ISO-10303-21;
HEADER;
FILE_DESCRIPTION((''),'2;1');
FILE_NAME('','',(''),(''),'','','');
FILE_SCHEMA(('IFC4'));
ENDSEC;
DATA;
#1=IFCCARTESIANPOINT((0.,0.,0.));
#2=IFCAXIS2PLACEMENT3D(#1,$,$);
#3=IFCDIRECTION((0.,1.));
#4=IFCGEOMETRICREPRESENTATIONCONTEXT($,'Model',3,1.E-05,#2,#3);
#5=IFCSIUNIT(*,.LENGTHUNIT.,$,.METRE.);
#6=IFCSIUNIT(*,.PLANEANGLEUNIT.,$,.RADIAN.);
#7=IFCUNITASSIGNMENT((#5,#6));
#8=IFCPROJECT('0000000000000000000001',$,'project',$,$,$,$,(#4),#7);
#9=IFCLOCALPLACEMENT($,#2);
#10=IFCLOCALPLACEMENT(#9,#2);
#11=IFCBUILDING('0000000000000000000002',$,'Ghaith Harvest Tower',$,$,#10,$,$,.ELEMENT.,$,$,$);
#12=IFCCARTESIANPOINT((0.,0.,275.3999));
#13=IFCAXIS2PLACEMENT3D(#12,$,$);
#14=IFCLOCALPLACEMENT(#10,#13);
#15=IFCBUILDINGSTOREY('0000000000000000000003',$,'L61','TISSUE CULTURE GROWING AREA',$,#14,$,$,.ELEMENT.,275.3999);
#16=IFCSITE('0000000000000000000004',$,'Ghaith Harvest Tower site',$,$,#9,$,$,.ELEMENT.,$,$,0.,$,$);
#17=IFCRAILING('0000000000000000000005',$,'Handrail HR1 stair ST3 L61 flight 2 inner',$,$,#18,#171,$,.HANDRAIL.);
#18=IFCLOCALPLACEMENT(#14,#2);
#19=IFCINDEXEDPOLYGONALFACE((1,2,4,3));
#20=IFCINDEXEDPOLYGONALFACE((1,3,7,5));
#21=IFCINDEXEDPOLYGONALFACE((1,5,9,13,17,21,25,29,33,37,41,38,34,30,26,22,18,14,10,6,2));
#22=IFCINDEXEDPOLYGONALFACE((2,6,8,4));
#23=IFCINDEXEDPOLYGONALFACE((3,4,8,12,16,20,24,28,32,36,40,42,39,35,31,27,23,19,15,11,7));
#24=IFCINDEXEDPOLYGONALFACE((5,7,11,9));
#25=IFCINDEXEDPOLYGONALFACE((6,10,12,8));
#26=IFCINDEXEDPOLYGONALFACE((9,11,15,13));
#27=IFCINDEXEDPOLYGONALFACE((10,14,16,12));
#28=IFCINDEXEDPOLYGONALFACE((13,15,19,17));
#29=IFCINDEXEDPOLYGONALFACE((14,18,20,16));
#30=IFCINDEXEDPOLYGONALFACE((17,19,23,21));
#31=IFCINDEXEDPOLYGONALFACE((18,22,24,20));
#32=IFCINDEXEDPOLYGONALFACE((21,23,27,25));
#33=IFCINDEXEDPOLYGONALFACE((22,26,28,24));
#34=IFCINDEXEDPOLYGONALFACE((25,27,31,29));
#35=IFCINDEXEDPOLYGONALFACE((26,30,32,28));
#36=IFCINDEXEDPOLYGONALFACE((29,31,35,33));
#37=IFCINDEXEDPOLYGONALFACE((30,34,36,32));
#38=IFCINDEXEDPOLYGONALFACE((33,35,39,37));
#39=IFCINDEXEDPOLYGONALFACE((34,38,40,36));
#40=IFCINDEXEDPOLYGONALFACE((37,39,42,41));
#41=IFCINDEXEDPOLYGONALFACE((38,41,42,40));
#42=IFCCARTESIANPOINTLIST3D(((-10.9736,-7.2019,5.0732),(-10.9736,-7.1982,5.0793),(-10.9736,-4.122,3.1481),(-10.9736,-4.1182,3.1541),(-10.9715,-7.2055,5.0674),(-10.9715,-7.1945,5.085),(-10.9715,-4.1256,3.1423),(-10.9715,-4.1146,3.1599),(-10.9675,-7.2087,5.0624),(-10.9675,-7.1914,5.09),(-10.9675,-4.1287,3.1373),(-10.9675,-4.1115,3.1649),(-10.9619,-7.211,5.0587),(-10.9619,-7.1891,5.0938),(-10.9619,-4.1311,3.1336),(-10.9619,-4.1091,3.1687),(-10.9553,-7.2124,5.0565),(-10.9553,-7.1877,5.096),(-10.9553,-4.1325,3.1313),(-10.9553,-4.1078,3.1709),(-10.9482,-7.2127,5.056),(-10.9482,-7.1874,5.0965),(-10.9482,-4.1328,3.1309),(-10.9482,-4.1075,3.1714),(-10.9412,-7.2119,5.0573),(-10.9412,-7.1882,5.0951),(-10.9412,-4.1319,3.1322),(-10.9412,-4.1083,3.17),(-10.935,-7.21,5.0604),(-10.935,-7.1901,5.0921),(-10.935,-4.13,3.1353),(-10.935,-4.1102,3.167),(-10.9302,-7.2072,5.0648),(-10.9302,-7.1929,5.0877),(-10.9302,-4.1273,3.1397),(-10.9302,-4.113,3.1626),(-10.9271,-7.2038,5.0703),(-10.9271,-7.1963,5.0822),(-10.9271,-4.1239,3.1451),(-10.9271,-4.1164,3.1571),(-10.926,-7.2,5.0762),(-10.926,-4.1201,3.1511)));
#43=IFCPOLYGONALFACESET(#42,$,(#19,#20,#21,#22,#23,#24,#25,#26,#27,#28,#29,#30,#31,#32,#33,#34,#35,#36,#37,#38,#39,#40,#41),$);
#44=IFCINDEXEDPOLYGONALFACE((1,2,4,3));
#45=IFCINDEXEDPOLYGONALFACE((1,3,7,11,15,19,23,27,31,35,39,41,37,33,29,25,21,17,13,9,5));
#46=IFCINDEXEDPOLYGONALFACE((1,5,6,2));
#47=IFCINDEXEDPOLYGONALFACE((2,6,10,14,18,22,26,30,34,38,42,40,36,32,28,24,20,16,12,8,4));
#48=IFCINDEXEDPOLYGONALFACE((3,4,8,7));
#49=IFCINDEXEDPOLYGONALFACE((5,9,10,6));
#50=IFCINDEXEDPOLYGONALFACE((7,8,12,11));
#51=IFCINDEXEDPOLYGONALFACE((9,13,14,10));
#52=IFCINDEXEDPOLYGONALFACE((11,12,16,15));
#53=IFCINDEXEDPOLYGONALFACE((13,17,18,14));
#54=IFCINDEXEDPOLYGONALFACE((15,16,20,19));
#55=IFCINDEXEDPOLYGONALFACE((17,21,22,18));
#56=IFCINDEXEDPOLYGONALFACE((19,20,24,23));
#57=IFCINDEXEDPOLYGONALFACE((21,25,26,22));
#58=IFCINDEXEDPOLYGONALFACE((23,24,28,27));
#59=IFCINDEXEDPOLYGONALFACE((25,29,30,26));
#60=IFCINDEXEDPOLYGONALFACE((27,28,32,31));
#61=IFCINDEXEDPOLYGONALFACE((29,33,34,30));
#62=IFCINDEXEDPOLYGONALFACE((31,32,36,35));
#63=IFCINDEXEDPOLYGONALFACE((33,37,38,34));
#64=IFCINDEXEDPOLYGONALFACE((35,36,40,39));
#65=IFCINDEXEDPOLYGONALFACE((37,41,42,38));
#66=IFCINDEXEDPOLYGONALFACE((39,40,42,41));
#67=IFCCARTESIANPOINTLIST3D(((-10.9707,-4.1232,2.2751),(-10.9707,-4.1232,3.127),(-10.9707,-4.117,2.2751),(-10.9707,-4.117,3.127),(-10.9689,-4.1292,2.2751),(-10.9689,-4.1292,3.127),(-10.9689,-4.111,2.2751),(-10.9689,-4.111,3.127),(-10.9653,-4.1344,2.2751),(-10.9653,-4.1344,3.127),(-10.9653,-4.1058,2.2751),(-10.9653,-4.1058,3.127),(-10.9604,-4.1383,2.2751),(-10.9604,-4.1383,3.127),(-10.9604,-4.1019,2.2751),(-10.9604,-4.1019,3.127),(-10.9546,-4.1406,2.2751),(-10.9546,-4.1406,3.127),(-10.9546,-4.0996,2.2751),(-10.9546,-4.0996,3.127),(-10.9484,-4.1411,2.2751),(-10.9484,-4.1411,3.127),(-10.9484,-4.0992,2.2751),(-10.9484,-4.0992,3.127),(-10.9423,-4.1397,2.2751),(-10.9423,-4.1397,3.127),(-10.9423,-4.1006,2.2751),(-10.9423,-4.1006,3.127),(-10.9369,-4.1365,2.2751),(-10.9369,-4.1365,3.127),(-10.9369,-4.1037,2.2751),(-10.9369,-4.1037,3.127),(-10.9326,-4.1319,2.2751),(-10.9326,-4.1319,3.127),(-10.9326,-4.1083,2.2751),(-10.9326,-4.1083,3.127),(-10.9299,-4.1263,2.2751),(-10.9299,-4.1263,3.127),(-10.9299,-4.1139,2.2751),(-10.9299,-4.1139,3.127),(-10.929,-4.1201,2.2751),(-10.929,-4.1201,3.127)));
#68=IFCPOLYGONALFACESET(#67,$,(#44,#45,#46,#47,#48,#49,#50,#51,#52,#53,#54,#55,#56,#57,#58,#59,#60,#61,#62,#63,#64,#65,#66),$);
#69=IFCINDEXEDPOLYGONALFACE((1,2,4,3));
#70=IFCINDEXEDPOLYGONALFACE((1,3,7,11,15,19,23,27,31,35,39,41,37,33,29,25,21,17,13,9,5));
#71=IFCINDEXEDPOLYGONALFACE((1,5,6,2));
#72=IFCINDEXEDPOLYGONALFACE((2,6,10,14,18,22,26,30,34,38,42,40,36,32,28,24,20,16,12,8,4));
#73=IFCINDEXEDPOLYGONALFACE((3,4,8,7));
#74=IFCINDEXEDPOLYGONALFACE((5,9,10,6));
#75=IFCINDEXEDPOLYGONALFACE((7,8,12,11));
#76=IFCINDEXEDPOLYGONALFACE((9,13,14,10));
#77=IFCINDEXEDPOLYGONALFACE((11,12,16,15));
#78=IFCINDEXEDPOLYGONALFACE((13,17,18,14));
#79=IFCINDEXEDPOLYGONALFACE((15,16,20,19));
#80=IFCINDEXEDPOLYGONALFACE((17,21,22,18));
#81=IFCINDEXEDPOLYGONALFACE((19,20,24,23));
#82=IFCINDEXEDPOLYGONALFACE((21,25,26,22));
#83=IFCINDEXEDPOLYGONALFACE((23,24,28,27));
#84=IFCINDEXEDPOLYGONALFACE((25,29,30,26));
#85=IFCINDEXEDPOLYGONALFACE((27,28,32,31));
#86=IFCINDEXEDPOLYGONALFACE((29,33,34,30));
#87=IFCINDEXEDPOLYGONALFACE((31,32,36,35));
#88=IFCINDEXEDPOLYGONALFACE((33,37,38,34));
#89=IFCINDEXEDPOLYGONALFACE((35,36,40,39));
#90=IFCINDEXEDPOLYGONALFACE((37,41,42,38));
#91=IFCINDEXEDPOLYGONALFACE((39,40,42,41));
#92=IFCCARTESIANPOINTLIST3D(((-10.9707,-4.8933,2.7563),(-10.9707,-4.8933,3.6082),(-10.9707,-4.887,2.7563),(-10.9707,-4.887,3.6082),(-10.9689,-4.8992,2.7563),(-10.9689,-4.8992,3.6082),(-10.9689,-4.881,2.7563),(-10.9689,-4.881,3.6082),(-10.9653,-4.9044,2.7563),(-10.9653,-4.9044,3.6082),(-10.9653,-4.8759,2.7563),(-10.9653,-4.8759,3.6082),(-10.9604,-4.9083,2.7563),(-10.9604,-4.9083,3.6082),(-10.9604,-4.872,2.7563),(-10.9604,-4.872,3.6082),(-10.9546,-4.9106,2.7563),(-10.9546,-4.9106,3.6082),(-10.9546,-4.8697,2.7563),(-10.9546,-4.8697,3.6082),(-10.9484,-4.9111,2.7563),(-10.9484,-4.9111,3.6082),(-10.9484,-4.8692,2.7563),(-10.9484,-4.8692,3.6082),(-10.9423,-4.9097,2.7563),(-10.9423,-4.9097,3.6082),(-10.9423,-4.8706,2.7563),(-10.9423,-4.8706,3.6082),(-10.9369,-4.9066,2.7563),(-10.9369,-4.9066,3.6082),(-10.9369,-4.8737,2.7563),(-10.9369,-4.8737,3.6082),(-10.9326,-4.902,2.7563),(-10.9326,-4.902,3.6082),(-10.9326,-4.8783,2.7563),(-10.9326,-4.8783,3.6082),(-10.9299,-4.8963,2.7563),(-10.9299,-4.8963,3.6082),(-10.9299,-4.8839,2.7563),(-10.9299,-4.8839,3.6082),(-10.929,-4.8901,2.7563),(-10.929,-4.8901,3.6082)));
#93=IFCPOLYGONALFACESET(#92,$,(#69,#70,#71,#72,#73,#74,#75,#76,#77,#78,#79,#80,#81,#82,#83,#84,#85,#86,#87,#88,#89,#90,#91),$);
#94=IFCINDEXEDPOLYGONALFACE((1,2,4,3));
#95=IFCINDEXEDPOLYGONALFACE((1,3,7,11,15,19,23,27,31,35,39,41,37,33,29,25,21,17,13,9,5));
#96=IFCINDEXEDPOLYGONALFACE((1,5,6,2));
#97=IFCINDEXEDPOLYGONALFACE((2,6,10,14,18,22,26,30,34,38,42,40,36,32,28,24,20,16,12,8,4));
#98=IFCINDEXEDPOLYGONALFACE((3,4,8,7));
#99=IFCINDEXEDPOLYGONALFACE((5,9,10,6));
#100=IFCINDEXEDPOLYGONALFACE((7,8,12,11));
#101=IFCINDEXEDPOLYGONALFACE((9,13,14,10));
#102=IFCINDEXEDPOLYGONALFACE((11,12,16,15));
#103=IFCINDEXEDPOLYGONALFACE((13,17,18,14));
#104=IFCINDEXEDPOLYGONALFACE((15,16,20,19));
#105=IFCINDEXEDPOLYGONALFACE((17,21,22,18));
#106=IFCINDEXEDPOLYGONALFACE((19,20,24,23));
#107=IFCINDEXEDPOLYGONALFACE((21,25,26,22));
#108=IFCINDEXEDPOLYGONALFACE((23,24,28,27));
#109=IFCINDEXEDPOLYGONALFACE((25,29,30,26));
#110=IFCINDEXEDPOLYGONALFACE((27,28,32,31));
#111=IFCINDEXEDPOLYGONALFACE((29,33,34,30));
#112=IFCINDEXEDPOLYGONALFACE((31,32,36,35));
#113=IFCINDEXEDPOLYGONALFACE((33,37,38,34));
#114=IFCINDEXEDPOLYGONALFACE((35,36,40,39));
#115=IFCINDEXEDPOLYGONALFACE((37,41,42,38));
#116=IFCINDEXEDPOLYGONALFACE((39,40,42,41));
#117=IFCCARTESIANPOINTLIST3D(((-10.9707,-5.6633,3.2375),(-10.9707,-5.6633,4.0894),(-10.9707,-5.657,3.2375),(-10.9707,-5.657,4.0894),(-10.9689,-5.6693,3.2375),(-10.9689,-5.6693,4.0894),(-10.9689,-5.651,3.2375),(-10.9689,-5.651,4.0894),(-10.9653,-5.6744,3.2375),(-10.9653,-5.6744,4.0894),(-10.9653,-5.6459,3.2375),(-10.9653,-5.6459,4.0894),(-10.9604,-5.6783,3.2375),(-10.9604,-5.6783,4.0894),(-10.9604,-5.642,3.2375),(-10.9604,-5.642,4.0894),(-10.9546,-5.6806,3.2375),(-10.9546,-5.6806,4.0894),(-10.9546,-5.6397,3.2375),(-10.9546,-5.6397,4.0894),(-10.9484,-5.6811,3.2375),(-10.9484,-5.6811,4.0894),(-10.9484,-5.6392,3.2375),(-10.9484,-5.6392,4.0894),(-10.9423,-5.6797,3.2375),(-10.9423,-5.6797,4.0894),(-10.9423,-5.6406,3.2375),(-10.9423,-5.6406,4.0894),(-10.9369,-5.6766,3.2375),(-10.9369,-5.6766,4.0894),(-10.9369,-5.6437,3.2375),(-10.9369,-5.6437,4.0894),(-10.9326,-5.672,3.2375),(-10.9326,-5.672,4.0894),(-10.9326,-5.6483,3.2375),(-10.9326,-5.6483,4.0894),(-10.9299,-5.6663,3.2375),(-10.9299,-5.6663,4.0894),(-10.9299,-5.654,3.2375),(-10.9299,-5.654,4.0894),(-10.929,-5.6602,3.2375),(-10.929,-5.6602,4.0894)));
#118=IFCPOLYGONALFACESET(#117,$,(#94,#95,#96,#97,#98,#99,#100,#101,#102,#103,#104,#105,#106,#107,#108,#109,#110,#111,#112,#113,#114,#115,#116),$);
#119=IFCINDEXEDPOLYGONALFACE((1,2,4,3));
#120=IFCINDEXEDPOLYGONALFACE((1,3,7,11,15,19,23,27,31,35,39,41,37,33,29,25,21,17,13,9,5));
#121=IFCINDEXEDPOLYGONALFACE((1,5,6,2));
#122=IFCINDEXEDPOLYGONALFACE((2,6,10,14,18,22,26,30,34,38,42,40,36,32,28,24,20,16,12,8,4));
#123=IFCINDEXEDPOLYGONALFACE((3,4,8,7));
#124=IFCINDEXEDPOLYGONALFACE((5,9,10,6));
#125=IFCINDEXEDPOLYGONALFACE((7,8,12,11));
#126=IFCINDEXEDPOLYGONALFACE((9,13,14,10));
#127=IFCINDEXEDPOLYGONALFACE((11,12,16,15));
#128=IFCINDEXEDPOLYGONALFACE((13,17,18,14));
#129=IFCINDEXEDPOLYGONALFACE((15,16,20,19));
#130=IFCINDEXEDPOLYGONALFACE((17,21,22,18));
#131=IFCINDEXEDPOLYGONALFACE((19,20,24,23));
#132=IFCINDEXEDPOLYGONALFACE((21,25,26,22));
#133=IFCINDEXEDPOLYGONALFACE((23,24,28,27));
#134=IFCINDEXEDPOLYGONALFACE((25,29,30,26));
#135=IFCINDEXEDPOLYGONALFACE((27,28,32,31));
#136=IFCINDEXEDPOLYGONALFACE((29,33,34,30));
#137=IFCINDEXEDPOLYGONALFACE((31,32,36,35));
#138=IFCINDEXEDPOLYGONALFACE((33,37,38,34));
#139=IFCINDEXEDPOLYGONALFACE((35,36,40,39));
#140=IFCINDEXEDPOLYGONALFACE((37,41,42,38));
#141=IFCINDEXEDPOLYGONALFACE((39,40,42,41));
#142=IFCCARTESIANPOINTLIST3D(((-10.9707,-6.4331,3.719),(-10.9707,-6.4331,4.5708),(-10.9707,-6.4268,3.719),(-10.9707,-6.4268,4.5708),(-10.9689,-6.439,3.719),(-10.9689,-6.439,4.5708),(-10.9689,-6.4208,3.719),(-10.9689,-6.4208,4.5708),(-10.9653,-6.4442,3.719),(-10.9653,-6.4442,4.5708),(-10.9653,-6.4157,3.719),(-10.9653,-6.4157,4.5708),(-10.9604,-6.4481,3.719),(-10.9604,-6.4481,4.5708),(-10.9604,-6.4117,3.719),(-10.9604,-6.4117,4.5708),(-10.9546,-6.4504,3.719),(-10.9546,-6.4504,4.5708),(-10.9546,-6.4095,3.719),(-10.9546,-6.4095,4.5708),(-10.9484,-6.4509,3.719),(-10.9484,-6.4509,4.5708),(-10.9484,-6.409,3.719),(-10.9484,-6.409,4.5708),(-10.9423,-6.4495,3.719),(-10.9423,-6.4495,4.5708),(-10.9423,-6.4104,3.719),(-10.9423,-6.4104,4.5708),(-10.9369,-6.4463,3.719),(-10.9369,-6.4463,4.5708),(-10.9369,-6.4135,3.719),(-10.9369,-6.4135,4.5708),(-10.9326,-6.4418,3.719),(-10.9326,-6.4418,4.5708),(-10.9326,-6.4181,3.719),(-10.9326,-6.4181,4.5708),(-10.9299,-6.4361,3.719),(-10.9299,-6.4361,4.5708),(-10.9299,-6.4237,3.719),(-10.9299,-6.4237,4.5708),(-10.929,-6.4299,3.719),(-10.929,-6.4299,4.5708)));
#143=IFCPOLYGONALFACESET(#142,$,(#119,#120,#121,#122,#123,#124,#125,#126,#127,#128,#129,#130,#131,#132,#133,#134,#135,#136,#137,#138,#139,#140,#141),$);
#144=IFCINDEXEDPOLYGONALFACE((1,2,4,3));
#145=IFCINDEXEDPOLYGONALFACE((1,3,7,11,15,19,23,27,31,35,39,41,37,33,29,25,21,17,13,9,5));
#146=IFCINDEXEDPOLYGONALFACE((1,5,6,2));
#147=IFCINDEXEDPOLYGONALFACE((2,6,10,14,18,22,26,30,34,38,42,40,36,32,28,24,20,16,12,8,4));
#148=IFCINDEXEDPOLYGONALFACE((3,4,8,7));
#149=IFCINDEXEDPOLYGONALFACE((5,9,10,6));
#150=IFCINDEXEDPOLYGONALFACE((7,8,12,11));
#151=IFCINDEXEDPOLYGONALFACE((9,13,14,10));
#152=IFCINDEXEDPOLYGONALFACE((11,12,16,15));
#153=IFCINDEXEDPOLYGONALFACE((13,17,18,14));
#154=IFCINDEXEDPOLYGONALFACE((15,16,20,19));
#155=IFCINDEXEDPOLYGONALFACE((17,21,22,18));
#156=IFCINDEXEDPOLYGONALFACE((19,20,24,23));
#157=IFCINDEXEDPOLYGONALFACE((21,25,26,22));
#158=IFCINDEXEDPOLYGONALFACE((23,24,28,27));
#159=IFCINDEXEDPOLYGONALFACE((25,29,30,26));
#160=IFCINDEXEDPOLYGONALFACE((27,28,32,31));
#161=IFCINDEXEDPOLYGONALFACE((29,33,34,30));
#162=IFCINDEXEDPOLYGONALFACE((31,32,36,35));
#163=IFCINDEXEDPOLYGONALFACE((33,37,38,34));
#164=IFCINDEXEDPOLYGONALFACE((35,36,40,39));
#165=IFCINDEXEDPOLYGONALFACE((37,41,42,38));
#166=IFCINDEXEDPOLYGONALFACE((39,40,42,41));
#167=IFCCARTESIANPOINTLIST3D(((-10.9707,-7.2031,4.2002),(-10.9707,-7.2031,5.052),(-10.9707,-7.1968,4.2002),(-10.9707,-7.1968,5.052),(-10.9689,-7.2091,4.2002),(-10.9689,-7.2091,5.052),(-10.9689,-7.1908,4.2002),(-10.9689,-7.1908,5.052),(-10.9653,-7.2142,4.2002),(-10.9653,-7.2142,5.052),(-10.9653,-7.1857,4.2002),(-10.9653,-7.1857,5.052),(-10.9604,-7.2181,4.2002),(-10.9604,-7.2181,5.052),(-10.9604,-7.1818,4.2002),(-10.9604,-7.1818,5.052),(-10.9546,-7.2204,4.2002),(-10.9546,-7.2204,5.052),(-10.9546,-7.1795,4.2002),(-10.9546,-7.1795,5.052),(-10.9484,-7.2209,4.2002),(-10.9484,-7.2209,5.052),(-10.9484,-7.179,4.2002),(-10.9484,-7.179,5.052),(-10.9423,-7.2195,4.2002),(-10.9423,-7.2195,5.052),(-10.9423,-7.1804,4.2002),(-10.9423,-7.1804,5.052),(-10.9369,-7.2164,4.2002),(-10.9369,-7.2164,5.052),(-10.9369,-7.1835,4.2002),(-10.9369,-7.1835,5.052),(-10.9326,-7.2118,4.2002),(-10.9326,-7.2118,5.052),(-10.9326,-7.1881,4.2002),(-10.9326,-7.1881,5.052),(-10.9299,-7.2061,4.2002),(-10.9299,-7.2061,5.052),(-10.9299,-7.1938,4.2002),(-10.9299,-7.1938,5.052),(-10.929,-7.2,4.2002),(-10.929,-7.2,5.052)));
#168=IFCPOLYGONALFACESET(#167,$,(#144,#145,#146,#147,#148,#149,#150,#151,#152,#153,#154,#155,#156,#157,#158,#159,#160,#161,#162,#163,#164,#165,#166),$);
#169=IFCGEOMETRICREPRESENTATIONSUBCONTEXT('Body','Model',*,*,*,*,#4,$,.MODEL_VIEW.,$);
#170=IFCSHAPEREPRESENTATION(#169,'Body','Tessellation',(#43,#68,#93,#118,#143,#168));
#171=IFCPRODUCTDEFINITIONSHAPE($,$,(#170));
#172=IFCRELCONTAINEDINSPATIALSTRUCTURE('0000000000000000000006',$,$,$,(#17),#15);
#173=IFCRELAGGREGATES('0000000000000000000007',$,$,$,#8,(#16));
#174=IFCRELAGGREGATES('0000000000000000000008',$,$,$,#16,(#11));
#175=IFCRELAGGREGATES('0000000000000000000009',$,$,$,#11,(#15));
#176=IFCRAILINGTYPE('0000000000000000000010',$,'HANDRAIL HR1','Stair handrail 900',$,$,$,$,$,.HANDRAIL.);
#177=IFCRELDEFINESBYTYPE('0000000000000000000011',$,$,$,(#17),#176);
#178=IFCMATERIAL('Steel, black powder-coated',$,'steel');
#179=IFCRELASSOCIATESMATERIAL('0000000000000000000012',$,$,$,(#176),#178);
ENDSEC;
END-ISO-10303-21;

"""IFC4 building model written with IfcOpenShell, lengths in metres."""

from ifc_helpers import new_model, si_unit, direction, frame, origin, origin_2d, place, context, subcontext, project, spatial, circle, extrude, material, type_object, element, save


model = new_model("IFC4")

# Units and contexts
model_context = context("Model", 3, precision=1e-05, world=origin(), true_north=direction((0.0, 1.0)))
body_context = subcontext(model_context, "Body", "Model", "MODEL_VIEW")
ifc_project = project(units=[si_unit("LENGTHUNIT", "METRE"), si_unit("PLANEANGLEUNIT", "RADIAN")], contexts=[model_context])

# Site, building, storey
site_placement = place(None, origin())
site = spatial("IfcSite", under=ifc_project, at=site_placement, Name="Ghaith Harvest Tower site", CompositionType="ELEMENT", RefElevation=0.0)
building_placement = place(site_placement, origin())
building = spatial("IfcBuilding", under=site, at=building_placement, Name="Ghaith Harvest Tower", CompositionType="ELEMENT")
storey_placement = place(building_placement, frame((0.0, 0.0, 275.3999)))
storey = spatial("IfcBuildingStorey", under=building, at=storey_placement, Name="L61", Description="TISSUE CULTURE GROWING AREA", CompositionType="ELEMENT", Elevation=275.3999)

# Railing
ifc_material_1 = material(Name="Steel, black powder-coated", Category="steel")
railing_type = type_object("IfcRailingType", Name="HANDRAIL HR1", Description="Stair handrail 900", PredefinedType="HANDRAIL", material=ifc_material_1)
railing_1_placement = place(storey_placement, frame((-10.95, -4.1201, 2.2751)))
element("IfcRailing", 1, at=railing_1_placement, inside=storey, type_object=railing_type, Name="Handrail HR1 stair ST3 L61 flight 2 inner", PredefinedType="HANDRAIL", context=body_context, shape_type="SweptSolid", body=[
    extrude(circle(Radius=0.0239, at=origin_2d()), frame((0.0, 0.0, 0.876), z_axis=(0.0, -0.847979, 0.530029), x_axis=(1.0, 0.0, 0.0)), (0.0, 0.0, 1.0), 3.6321),
    extrude(circle(Radius=0.021, at=origin_2d()), origin(), (0.0, 0.0, 1.0), 0.8518),
    extrude(circle(Radius=0.021, at=origin_2d()), frame((0.0, -0.77, 0.4812)), (0.0, 0.0, 1.0), 0.8518),
    extrude(circle(Radius=0.021, at=origin_2d()), frame((0.0, -1.54, 0.9624)), (0.0, 0.0, 1.0), 0.8518),
    extrude(circle(Radius=0.021, at=origin_2d()), frame((0.0, -2.3098, 1.4438)), (0.0, 0.0, 1.0), 0.8518),
    extrude(circle(Radius=0.021, at=origin_2d()), frame((0.0, -3.0798, 1.925)), (0.0, 0.0, 1.0), 0.8518),
])

save(model, "model.ifc")
